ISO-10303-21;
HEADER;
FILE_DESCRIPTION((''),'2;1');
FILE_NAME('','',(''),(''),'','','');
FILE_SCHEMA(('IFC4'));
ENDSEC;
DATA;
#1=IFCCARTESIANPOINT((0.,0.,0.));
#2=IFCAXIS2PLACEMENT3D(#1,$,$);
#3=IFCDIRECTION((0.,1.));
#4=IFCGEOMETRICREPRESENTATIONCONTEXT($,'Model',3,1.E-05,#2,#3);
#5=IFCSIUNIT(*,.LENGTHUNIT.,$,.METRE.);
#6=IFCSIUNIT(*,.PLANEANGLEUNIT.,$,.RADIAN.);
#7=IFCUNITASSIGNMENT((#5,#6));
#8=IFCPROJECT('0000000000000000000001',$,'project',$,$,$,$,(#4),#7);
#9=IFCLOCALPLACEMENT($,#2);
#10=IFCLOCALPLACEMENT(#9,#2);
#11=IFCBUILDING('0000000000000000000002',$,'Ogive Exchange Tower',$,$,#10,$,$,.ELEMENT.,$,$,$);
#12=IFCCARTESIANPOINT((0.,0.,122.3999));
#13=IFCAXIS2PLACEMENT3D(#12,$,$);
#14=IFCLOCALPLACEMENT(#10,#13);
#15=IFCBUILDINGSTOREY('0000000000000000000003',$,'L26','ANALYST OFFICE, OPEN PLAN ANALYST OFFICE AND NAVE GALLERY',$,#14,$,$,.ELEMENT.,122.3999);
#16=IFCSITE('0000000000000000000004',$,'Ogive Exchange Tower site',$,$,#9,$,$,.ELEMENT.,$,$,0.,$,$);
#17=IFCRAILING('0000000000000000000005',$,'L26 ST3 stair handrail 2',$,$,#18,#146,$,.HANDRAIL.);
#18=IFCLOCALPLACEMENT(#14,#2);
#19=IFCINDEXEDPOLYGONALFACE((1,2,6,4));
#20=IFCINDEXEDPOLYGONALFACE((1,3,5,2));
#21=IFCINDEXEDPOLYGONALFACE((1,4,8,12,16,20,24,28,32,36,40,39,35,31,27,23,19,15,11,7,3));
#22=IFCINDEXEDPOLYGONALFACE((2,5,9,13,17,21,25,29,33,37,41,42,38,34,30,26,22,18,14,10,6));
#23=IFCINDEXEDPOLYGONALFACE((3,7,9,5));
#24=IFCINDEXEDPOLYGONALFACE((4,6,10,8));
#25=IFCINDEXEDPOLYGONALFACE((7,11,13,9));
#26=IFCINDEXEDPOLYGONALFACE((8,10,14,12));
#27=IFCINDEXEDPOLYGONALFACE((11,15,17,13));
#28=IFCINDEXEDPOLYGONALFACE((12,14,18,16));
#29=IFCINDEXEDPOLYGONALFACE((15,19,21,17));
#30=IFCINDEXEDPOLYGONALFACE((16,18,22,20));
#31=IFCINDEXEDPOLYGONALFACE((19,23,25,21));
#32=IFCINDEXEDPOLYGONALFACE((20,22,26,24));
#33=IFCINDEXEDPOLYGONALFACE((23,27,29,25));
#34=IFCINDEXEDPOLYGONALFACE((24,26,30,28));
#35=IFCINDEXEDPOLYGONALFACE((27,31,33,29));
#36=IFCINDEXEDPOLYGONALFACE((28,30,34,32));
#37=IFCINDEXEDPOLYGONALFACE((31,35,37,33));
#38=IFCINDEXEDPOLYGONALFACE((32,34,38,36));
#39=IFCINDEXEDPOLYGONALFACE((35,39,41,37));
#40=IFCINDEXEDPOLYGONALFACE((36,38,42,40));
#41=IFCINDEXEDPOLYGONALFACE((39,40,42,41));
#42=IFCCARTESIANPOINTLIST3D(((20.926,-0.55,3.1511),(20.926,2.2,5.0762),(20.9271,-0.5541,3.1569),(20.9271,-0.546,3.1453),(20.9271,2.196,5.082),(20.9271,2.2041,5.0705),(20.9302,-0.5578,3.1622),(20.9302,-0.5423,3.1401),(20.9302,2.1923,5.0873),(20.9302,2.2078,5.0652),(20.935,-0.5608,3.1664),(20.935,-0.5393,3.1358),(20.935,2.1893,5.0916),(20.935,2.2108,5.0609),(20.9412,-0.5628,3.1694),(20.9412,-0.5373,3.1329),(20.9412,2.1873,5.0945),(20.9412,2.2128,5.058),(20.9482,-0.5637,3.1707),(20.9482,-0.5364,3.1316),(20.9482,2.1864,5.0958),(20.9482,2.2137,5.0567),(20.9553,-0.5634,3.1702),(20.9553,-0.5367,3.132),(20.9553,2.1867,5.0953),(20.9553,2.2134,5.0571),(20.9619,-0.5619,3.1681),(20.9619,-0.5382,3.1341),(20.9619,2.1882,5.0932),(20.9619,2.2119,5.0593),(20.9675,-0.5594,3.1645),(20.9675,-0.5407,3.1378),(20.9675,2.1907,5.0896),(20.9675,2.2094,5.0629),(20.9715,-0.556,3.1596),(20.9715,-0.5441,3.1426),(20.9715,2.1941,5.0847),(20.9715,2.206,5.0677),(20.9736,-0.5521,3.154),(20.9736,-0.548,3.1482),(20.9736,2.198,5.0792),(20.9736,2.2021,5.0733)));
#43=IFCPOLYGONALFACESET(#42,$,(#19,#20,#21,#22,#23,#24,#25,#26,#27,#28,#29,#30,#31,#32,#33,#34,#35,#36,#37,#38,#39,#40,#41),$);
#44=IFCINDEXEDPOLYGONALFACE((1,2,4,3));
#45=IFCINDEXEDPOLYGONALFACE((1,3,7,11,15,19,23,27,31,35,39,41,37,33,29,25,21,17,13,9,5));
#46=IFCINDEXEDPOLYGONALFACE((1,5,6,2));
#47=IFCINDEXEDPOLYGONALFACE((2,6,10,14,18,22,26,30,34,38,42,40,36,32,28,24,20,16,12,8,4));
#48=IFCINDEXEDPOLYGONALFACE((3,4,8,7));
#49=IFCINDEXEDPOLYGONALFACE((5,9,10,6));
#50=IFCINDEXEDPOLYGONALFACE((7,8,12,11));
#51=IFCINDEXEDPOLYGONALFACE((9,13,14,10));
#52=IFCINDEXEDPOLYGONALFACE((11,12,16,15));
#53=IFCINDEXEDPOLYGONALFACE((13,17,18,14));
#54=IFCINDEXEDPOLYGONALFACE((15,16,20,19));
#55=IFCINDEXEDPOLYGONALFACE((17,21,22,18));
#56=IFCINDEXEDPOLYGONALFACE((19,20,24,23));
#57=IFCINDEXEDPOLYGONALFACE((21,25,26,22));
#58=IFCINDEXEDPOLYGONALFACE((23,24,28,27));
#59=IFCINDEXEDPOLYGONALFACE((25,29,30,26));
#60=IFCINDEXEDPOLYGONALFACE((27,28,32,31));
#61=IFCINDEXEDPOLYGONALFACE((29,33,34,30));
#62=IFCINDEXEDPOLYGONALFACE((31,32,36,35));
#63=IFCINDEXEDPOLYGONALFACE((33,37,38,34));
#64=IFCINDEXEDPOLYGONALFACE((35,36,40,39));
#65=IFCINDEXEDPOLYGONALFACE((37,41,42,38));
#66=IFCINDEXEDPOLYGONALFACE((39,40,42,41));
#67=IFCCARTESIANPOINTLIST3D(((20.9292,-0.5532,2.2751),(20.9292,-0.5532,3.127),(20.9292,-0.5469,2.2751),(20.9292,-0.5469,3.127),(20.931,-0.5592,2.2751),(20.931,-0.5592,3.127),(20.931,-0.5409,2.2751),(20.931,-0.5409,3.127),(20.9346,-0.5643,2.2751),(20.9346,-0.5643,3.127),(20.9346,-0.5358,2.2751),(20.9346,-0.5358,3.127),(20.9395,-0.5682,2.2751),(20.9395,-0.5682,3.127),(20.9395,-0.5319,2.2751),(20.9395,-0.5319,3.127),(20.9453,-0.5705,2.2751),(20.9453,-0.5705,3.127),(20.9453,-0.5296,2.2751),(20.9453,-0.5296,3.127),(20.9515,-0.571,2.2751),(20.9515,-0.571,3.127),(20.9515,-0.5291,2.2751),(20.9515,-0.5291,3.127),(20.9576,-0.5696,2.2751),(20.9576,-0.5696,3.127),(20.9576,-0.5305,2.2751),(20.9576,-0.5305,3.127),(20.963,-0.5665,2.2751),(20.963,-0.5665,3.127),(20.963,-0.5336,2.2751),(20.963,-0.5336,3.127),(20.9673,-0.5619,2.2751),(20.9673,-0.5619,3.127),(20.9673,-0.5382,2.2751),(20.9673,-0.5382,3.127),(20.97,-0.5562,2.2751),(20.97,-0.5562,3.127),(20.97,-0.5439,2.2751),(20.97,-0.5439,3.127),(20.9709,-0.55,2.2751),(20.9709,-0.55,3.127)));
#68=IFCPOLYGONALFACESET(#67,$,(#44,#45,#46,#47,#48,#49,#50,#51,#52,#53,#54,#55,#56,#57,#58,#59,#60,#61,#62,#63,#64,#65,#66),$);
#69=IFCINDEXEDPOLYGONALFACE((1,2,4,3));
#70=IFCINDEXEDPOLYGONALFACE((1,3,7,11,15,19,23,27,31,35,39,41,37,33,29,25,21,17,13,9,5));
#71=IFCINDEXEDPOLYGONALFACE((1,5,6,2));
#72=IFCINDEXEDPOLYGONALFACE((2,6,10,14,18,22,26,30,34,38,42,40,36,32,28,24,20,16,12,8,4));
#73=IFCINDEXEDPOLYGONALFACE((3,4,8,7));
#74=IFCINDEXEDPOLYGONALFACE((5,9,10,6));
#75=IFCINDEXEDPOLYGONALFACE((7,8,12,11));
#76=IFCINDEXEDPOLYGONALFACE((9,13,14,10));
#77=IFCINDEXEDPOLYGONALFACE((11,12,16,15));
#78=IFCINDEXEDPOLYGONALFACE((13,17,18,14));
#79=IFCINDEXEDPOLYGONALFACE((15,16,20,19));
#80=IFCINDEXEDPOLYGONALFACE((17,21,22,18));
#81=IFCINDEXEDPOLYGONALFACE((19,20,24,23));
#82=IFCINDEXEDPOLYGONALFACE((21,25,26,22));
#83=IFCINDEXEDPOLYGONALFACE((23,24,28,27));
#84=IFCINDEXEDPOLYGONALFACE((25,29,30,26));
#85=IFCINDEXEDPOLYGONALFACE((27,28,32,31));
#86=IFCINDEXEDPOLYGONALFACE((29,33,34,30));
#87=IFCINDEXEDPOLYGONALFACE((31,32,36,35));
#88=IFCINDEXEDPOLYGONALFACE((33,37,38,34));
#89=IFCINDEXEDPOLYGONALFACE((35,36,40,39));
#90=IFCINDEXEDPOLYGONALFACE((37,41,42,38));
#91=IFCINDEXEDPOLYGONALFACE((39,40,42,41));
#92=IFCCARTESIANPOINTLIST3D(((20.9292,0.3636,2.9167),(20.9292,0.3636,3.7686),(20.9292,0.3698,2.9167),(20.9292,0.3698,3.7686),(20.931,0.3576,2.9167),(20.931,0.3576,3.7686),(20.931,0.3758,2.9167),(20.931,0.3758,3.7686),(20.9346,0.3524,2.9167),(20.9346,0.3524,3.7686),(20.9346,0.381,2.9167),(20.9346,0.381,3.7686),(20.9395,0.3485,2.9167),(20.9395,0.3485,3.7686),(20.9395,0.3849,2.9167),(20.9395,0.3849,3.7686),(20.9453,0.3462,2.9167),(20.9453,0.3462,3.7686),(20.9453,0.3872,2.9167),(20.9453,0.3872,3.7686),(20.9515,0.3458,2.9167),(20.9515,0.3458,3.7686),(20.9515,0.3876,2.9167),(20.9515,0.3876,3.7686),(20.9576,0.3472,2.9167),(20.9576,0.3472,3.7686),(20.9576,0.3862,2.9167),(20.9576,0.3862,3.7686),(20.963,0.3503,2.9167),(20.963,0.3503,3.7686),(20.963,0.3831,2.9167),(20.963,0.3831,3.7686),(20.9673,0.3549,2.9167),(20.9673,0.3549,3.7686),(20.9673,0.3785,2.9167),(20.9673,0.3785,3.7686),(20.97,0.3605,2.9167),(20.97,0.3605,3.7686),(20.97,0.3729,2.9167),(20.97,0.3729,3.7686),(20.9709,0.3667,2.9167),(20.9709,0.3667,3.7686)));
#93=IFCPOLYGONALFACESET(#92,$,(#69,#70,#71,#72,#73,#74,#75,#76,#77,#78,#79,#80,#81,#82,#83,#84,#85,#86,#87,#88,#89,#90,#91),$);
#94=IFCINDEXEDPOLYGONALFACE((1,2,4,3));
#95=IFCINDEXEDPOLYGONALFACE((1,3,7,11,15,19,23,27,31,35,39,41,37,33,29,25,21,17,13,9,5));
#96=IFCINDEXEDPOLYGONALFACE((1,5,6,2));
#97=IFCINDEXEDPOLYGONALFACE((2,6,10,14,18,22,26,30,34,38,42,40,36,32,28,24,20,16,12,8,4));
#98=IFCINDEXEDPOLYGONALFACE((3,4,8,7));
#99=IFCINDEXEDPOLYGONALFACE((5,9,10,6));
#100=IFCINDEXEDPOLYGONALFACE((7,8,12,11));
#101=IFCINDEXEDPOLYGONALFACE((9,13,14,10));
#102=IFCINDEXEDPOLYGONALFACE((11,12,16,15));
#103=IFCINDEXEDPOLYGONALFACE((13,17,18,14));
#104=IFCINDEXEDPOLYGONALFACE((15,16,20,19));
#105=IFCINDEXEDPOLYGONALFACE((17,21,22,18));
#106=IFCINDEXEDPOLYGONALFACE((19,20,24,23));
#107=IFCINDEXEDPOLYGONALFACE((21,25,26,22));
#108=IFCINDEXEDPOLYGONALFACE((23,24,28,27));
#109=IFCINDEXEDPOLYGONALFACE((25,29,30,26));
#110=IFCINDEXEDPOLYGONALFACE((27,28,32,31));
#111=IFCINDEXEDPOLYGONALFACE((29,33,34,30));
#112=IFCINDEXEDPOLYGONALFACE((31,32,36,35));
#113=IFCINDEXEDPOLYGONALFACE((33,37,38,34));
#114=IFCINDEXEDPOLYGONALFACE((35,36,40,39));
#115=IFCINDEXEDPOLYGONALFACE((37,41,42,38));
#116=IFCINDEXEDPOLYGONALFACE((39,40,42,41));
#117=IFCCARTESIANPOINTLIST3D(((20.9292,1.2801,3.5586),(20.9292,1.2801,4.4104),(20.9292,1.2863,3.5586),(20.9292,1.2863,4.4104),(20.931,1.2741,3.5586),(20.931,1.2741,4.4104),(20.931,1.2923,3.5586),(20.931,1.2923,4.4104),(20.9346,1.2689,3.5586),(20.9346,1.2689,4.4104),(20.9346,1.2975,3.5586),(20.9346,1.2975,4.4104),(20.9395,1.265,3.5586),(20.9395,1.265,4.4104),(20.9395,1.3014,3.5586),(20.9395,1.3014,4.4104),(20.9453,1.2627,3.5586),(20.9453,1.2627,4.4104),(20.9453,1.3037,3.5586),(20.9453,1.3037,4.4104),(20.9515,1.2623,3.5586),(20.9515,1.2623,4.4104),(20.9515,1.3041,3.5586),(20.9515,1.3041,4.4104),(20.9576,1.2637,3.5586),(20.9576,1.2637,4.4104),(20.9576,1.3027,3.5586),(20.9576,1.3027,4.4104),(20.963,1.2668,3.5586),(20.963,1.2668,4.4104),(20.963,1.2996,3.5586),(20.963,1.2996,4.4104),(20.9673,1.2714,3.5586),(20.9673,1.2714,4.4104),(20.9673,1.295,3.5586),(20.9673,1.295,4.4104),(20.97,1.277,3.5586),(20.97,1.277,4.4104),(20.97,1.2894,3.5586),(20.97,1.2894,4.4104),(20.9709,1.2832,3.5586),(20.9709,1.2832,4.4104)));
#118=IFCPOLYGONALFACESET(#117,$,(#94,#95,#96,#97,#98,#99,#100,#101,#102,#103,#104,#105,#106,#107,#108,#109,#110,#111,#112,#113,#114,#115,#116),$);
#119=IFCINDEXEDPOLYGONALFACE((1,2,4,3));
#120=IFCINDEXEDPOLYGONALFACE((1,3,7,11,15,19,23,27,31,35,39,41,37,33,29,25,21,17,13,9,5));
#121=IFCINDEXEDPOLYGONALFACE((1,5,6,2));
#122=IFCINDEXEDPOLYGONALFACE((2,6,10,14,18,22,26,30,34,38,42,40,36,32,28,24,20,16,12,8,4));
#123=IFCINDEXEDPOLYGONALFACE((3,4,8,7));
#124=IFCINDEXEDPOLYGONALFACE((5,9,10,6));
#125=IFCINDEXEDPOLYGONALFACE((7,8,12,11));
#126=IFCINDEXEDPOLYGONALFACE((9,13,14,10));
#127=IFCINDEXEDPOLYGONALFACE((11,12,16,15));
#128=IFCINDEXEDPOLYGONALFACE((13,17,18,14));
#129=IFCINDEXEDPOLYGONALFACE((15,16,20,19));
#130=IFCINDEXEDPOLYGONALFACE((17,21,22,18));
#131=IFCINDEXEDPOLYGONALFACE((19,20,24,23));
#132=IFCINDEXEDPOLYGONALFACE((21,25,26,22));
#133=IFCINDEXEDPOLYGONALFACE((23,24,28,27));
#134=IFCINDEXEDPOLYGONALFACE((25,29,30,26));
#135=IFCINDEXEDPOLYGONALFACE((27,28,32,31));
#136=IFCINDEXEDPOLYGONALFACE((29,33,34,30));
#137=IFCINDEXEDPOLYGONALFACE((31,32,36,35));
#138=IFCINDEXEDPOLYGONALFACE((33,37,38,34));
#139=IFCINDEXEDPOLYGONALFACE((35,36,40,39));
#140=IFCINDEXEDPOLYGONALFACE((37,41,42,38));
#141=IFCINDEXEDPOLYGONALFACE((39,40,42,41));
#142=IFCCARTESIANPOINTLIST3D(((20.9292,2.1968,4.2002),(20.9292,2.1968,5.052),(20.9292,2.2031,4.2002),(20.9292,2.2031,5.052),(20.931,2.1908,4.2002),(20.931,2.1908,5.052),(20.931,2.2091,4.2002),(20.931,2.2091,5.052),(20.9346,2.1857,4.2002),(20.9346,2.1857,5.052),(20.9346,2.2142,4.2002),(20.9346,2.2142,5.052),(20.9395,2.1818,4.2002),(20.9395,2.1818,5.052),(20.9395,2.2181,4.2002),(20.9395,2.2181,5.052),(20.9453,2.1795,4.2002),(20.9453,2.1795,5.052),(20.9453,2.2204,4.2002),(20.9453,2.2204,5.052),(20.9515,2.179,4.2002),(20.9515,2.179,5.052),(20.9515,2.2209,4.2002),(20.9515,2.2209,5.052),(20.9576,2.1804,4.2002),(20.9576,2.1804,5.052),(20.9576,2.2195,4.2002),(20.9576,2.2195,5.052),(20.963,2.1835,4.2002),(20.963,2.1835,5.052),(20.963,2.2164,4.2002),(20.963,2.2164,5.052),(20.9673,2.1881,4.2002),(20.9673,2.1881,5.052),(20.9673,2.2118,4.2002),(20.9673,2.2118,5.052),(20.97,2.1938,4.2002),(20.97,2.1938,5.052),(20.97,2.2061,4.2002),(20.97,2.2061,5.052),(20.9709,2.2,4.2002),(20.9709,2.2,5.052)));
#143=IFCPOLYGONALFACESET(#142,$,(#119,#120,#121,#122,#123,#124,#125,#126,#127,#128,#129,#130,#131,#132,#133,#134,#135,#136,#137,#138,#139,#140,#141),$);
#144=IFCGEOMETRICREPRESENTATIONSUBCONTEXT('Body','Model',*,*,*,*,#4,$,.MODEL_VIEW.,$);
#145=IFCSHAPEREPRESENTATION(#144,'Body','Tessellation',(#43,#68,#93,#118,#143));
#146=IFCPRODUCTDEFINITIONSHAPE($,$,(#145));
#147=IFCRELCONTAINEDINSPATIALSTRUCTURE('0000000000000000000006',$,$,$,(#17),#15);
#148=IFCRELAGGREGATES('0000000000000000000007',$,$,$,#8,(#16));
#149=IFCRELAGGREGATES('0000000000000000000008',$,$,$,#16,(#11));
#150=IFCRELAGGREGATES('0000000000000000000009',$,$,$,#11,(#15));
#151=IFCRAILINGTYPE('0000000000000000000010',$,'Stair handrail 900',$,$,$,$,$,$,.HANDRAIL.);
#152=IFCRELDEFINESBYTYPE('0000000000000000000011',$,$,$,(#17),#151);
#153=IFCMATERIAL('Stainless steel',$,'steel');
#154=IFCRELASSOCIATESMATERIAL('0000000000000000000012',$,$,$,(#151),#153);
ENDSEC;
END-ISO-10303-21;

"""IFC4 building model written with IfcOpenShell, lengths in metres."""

from ifc_helpers import new_model, si_unit, direction, frame, origin, origin_2d, place, context, subcontext, project, spatial, circle, extrude, material, type_object, element, save


model = new_model("IFC4")

# Units and contexts
model_context = context("Model", 3, precision=1e-05, world=origin(), true_north=direction((0.0, 1.0)))
body_context = subcontext(model_context, "Body", "Model", "MODEL_VIEW")
ifc_project = project(units=[si_unit("LENGTHUNIT", "METRE"), si_unit("PLANEANGLEUNIT", "RADIAN")], contexts=[model_context])

# Site, building, storey
site_placement = place(None, origin())
site = spatial("IfcSite", under=ifc_project, at=site_placement, Name="Ogive Exchange Tower site", CompositionType="ELEMENT", RefElevation=0.0)
building_placement = place(site_placement, origin())
building = spatial("IfcBuilding", under=site, at=building_placement, Name="Ogive Exchange Tower", CompositionType="ELEMENT")
storey_placement = place(building_placement, frame((0.0, 0.0, 122.3999)))
storey = spatial("IfcBuildingStorey", under=building, at=storey_placement, Name="L26", Description="ANALYST OFFICE, OPEN PLAN ANALYST OFFICE AND NAVE GALLERY", CompositionType="ELEMENT", Elevation=122.3999)

# Shared definitions
ifc_material_1 = material(Name="Stainless steel", Category="steel")

# Railing
railing_type = type_object("IfcRailingType", Name="Stair handrail 900", PredefinedType="HANDRAIL", material=ifc_material_1)
railing_1_placement = place(storey_placement, frame((20.95, -0.55, 2.2751)))
element("IfcRailing", 1, at=railing_1_placement, inside=storey, type_object=railing_type, Name="L26 ST3 stair handrail 2", PredefinedType="HANDRAIL", context=body_context, shape_type="SweptSolid", body=[
    extrude(circle(Radius=0.0239, at=origin_2d()), frame((0.0, 0.0, 0.876), z_axis=(0.0, 0.819225, 0.573472), x_axis=(-1.0, 0.0, 0.0)), (0.0, 0.0, 1.0), 3.3569),
    extrude(circle(Radius=0.021, at=origin_2d()), origin(), (0.0, 0.0, 1.0), 0.8518),
    extrude(circle(Radius=0.021, at=origin_2d()), frame((0.0, 0.9167, 0.6416)), (0.0, 0.0, 1.0), 0.8518),
    extrude(circle(Radius=0.021, at=origin_2d()), frame((0.0, 1.8333, 1.2834)), (0.0, 0.0, 1.0), 0.8518),
    extrude(circle(Radius=0.021, at=origin_2d()), frame((0.0, 2.75, 1.925)), (0.0, 0.0, 1.0), 0.8518),
])

save(model, "model.ifc")
